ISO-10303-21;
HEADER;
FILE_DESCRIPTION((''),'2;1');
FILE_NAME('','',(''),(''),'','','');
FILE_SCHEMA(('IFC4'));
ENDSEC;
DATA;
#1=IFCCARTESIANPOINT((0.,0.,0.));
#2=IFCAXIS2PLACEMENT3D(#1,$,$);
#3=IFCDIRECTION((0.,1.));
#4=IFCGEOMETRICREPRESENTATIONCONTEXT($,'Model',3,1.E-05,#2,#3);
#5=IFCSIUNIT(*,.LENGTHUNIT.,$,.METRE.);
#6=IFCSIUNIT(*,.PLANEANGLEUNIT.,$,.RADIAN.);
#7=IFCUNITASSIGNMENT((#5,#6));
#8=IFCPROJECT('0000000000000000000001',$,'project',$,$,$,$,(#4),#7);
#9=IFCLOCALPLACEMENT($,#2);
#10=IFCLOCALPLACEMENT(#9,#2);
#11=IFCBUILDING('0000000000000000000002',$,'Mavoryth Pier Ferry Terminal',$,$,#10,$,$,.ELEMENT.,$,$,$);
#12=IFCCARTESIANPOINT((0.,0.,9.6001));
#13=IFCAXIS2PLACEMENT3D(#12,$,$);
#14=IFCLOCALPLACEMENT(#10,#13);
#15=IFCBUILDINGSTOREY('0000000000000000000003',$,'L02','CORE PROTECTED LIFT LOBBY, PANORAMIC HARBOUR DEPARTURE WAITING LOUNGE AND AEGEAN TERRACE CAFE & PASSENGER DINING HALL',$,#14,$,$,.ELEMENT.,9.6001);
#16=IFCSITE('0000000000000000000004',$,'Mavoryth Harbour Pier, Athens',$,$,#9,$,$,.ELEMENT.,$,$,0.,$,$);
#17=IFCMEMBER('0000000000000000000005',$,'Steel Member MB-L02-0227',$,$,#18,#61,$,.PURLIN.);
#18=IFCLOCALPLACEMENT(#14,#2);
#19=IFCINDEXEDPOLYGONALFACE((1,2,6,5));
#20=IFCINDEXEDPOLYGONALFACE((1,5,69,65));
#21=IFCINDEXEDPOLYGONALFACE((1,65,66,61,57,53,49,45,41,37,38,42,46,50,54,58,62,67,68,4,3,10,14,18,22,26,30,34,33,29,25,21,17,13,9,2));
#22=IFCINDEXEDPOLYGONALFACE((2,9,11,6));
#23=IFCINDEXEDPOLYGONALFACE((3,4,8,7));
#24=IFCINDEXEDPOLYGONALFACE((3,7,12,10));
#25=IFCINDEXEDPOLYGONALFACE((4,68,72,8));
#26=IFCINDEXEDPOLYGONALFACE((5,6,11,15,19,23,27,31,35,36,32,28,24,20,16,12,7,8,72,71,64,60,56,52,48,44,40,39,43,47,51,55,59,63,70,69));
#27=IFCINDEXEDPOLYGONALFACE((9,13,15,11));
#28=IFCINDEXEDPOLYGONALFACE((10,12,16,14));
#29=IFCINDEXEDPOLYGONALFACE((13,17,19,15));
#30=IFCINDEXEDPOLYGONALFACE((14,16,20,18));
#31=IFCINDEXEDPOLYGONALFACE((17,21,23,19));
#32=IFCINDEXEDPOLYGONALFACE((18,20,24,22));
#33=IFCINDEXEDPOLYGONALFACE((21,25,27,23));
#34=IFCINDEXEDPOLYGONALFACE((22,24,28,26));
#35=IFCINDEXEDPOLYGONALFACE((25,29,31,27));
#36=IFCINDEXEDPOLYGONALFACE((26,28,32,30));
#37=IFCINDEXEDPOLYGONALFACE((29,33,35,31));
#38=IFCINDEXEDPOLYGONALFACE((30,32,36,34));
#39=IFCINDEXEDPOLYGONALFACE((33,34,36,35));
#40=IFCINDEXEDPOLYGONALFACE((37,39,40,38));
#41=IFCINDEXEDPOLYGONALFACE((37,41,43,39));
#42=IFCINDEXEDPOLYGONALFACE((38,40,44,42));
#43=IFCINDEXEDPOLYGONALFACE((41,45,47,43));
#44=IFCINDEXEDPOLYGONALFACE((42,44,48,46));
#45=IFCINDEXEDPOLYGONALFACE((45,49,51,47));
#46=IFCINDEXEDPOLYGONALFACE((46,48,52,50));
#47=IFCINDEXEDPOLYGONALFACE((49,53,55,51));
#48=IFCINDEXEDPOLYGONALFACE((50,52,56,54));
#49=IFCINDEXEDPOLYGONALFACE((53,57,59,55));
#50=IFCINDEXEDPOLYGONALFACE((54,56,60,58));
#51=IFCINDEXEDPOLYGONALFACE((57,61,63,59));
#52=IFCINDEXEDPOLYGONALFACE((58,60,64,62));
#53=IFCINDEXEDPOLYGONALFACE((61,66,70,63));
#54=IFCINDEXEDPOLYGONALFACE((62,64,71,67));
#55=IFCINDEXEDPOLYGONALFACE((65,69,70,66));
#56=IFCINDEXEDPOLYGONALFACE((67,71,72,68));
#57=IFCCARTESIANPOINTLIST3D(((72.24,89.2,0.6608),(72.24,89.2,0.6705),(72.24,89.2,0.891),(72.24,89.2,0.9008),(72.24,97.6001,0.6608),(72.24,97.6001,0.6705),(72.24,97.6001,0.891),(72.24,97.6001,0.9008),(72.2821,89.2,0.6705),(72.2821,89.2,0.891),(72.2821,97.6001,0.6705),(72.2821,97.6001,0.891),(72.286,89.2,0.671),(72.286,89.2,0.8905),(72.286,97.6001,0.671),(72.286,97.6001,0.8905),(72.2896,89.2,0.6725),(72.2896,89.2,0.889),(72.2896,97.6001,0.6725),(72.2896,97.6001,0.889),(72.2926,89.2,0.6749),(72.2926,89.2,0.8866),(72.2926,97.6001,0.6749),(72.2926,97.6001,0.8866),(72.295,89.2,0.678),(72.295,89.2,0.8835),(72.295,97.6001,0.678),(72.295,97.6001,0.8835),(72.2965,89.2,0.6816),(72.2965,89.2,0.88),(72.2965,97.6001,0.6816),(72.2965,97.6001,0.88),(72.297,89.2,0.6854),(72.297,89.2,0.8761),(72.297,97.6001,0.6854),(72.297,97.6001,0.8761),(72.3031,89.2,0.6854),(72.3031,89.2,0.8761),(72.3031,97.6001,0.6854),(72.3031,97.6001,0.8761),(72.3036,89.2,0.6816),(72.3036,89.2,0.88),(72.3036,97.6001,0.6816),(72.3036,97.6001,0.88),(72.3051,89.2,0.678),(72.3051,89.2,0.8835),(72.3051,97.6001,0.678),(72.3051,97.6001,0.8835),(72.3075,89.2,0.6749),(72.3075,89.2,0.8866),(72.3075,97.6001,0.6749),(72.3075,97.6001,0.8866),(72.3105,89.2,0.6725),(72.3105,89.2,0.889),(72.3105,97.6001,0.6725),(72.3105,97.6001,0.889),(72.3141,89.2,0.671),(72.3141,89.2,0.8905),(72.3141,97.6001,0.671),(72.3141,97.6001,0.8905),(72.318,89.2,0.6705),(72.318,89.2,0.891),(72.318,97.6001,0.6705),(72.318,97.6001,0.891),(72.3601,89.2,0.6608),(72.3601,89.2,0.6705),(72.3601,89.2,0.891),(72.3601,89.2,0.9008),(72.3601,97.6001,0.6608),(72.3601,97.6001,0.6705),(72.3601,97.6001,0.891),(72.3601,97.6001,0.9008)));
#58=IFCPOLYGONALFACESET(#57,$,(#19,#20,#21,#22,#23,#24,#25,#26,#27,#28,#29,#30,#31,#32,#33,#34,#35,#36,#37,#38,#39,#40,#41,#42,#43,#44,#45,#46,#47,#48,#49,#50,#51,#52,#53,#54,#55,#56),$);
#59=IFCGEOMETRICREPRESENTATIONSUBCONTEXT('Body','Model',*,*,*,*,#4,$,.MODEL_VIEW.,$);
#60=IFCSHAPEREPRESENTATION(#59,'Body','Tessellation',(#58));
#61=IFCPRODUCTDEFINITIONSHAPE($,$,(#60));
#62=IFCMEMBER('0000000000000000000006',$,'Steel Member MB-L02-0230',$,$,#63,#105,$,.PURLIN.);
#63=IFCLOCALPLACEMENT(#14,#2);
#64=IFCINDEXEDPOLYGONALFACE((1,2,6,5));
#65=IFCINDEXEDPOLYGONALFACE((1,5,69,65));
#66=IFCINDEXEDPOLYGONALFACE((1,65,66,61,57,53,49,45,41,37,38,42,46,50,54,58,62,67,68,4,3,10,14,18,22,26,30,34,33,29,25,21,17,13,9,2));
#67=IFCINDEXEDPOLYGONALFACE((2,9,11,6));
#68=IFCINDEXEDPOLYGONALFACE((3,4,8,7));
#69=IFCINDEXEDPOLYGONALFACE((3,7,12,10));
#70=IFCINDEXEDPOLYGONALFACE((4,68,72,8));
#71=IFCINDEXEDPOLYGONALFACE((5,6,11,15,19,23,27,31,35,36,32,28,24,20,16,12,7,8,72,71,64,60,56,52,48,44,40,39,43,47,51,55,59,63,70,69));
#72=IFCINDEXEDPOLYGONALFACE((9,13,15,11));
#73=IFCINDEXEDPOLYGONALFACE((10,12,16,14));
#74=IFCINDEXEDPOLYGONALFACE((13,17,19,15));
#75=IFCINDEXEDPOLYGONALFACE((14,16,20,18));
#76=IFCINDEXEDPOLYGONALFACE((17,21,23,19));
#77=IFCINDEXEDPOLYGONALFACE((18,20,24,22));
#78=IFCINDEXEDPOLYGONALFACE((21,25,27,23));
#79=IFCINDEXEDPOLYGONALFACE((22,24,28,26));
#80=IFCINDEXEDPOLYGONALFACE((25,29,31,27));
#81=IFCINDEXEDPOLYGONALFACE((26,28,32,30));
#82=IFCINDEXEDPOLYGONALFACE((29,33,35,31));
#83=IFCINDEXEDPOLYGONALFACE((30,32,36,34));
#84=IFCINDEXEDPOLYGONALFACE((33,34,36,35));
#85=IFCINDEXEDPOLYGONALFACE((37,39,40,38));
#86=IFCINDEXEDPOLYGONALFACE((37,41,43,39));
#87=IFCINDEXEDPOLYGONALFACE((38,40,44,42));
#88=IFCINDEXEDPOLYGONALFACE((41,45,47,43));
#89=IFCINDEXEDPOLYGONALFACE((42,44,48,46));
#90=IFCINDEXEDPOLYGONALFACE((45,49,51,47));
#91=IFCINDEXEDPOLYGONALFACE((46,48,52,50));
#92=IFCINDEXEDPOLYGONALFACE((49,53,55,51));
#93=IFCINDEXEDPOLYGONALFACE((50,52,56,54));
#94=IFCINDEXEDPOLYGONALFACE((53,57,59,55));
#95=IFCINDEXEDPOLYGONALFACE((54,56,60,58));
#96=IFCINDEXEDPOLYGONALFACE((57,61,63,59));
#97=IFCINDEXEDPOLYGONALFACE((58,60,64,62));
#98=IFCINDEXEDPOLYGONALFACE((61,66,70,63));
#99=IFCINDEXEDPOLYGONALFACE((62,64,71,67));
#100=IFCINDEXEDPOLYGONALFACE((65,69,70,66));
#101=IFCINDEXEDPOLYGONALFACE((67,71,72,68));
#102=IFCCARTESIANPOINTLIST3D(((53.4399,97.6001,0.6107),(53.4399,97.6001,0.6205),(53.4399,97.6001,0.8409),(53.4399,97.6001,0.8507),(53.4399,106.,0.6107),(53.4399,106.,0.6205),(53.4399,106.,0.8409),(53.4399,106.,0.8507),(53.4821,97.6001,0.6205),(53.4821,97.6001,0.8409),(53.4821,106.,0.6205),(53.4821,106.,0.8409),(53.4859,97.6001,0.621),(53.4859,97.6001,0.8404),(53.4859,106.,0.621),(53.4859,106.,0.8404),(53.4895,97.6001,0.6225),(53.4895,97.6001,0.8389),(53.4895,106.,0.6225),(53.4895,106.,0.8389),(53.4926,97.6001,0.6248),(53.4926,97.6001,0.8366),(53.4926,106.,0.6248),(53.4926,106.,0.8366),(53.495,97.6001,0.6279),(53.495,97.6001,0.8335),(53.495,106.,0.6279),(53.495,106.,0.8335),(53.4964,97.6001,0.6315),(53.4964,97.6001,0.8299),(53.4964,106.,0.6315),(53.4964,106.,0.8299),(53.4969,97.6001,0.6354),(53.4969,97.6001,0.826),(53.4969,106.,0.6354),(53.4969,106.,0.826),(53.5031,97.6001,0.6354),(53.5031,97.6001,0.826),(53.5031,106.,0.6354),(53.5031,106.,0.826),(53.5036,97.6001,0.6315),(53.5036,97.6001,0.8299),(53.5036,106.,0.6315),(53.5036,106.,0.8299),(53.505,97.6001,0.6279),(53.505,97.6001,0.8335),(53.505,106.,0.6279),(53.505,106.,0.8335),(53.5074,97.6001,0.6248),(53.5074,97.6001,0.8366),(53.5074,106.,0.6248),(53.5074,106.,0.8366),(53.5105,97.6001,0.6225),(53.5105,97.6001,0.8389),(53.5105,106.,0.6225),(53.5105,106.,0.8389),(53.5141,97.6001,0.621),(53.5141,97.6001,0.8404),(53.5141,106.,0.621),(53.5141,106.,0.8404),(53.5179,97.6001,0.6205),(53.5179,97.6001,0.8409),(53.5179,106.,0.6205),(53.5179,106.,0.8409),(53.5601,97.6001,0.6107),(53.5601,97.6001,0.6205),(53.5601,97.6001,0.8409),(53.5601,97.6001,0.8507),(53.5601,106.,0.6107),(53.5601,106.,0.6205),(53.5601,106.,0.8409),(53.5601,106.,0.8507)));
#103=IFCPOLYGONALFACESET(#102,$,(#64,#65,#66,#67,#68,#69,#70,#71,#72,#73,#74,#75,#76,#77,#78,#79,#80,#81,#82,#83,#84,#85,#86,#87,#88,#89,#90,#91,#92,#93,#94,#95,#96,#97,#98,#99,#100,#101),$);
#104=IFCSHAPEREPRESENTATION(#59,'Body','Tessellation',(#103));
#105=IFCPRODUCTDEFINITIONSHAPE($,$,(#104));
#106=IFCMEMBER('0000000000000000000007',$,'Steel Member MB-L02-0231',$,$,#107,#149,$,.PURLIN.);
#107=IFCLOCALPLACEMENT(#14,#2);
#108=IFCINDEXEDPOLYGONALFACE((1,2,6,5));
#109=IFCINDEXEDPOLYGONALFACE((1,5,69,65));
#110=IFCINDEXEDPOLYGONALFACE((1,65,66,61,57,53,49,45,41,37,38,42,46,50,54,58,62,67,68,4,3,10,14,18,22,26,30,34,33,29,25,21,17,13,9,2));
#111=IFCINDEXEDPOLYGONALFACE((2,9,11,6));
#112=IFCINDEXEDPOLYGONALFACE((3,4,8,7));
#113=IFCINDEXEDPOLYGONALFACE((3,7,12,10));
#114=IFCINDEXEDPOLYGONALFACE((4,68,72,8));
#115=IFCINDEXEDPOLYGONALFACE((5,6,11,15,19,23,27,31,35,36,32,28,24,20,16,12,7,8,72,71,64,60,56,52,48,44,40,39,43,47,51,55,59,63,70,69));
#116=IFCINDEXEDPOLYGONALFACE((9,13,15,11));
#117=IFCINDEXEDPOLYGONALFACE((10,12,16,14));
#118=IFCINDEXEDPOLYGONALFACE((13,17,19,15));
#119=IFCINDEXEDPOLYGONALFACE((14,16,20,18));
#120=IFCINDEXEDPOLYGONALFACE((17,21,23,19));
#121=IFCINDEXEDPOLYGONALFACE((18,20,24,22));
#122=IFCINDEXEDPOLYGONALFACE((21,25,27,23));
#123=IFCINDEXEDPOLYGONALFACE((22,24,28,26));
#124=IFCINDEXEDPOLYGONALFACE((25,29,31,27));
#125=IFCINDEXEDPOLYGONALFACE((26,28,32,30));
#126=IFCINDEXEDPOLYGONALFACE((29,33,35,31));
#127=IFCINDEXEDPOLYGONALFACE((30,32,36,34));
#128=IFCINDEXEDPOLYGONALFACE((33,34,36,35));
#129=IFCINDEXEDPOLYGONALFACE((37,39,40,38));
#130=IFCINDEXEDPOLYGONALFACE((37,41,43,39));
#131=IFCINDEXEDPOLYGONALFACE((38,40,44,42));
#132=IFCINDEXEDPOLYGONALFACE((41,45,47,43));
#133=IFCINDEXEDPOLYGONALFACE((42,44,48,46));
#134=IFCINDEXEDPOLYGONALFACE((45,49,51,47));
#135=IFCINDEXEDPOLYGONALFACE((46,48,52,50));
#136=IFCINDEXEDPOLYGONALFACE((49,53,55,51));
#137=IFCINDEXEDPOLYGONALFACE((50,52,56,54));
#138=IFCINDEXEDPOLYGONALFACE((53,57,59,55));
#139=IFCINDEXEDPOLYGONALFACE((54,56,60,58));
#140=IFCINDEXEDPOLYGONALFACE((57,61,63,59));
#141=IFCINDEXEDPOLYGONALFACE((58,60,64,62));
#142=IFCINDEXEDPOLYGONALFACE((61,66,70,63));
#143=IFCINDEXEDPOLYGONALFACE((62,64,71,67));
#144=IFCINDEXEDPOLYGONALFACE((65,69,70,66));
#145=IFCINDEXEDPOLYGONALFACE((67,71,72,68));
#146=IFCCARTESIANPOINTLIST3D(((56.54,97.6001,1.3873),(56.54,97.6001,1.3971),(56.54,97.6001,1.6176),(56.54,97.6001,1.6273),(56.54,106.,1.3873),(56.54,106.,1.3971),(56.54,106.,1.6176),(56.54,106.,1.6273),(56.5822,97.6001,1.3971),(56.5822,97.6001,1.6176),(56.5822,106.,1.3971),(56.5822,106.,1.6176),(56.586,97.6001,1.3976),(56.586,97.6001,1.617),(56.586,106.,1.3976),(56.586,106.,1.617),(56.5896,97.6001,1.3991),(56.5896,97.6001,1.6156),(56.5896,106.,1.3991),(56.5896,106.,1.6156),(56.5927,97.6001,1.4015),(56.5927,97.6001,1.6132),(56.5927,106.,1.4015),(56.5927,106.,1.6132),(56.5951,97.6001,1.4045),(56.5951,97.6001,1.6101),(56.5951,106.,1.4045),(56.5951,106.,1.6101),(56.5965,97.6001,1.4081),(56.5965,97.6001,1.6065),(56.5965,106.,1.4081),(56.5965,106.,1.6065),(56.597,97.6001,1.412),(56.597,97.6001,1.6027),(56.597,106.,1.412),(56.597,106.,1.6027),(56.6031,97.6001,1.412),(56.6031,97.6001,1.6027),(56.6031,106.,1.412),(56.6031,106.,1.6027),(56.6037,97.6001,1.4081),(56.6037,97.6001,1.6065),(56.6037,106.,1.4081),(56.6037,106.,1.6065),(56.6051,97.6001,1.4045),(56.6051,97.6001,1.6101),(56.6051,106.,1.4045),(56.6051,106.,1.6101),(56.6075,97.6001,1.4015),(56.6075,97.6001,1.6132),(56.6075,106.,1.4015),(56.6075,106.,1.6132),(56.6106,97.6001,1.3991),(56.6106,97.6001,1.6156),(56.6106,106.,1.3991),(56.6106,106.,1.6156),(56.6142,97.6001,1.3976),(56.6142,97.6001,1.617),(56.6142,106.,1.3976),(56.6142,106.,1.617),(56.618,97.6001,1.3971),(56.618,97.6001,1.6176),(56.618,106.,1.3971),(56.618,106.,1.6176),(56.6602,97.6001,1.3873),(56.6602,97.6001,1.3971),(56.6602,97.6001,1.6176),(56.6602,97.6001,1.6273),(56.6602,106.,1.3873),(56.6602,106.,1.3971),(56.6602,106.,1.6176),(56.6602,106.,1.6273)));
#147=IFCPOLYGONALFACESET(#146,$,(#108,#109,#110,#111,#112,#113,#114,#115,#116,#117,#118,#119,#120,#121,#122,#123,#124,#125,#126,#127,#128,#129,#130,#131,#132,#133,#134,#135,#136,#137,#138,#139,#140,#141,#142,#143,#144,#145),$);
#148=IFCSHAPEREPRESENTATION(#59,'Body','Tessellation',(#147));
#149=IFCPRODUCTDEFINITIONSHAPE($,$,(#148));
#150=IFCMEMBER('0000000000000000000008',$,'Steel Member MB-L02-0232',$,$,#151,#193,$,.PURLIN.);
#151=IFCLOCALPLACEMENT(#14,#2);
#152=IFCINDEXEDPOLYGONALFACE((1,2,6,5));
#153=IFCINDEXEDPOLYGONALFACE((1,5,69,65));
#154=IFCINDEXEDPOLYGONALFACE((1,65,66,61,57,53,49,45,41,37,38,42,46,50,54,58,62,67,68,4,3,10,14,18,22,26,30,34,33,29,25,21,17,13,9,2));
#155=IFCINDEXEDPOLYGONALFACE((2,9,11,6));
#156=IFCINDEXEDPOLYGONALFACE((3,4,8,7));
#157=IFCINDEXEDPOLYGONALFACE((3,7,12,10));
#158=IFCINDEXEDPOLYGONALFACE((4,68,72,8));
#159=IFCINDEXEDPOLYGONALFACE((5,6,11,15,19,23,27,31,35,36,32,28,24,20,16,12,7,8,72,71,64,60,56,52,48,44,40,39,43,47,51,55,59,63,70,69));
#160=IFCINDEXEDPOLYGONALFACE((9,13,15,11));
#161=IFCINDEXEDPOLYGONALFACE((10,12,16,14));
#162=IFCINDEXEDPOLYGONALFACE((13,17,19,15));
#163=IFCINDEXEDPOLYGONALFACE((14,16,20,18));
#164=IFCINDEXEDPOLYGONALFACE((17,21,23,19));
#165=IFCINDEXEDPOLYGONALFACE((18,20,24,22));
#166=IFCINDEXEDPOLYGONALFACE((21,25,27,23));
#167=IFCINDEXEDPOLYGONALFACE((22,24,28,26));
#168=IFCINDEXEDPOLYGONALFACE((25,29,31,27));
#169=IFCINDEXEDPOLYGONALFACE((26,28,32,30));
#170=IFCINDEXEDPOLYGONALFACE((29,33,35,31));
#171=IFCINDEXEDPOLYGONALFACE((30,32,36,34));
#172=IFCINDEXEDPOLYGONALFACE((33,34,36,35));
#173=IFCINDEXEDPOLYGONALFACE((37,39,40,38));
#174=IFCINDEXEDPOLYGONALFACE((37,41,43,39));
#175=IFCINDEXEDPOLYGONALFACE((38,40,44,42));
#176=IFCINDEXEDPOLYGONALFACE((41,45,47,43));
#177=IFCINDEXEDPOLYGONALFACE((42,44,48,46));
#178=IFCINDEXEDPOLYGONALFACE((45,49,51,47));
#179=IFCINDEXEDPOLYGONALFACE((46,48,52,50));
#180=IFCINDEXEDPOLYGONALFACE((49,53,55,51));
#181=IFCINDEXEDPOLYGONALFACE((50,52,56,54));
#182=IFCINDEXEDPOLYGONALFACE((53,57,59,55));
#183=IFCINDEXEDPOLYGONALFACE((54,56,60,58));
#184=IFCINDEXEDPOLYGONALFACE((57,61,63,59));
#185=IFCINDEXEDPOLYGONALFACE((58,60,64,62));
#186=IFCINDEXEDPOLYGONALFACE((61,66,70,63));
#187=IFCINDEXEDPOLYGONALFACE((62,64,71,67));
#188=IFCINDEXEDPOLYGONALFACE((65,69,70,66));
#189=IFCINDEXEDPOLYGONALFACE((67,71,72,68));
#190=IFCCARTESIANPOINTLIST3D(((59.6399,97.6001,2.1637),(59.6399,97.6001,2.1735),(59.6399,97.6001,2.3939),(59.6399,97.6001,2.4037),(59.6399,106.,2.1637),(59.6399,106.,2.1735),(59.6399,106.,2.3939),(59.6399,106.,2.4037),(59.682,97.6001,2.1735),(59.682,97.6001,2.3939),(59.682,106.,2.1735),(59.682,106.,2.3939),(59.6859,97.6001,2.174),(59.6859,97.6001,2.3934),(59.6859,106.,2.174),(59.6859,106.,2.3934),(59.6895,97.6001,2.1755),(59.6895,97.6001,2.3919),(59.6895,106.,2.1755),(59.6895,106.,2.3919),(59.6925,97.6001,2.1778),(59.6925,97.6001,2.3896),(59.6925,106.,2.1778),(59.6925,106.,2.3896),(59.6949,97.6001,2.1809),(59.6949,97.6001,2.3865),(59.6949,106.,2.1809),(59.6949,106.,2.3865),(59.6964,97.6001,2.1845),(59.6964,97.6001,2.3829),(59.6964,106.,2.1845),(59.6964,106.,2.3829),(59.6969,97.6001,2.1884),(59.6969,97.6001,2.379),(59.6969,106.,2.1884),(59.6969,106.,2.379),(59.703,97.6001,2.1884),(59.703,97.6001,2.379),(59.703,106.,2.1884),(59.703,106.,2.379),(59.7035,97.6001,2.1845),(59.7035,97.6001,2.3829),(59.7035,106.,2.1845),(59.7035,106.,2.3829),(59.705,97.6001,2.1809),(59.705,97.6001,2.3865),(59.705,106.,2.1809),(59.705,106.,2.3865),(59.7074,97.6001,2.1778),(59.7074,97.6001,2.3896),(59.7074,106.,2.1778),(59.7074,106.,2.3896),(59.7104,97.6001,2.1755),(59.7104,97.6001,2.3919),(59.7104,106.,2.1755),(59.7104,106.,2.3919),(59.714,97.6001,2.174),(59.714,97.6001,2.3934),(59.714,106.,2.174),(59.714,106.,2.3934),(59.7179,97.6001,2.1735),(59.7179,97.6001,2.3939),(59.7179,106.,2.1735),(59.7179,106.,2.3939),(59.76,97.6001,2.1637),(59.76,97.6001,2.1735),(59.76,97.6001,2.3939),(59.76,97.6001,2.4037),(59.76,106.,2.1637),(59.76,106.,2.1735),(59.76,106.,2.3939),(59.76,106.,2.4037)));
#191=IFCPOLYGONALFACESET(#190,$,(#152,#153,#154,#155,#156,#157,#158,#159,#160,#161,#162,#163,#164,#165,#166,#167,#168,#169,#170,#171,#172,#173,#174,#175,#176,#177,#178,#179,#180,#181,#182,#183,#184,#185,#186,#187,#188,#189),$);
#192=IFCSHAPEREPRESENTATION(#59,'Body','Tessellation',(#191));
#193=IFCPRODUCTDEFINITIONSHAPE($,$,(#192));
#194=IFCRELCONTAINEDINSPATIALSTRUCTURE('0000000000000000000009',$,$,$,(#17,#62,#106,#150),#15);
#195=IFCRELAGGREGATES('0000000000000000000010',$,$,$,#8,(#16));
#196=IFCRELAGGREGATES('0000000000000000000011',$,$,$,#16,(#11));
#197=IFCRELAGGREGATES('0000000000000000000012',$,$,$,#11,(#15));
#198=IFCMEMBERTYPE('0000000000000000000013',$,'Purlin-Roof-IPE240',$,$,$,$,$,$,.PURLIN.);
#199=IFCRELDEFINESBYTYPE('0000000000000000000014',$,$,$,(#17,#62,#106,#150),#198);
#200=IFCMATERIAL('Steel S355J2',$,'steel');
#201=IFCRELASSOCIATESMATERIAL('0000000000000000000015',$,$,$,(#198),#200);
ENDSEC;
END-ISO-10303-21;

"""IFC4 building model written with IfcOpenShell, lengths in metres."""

from ifc_helpers import new_model, si_unit, direction, frame, origin, origin_2d, place, context, subcontext, project, spatial, i_section, extrude, material, material_profile, profile_set, type_object, element, save


model = new_model("IFC4")

# Units and contexts
model_context = context("Model", 3, precision=1e-05, world=origin(), true_north=direction((0.0, 1.0)))
body_context = subcontext(model_context, "Body", "Model", "MODEL_VIEW")
ifc_project = project(units=[si_unit("LENGTHUNIT", "METRE"), si_unit("PLANEANGLEUNIT", "RADIAN")], contexts=[model_context])

# Site, building, storey
site_placement = place(None, origin())
site = spatial("IfcSite", under=ifc_project, at=site_placement, Name="Mavoryth Harbour Pier, Athens", CompositionType="ELEMENT", RefElevation=0.0)
building_placement = place(site_placement, origin())
building = spatial("IfcBuilding", under=site, at=building_placement, Name="Mavoryth Pier Ferry Terminal", CompositionType="ELEMENT")
storey_placement = place(building_placement, frame((0.0, 0.0, 9.6001)))
storey = spatial("IfcBuildingStorey", under=building, at=storey_placement, Name="L02", Description="CORE PROTECTED LIFT LOBBY, PANORAMIC HARBOUR DEPARTURE WAITING LOUNGE AND AEGEAN TERRACE CAFE & PASSENGER DINING HALL", CompositionType="ELEMENT", Elevation=9.6001)

# Members
ifc_material_1 = material(Name="Steel S355J2", Category="steel")
ifc_material_profile_1 = material_profile(ifc_material_1, i_section(OverallWidth=0.1201, OverallDepth=0.24, WebThickness=0.0061, FlangeThickness=0.0098, FilletRadius=0.0149, at=origin_2d()), Name="IPE 240", Category="steel")
ifc_profile_set_1 = profile_set([ifc_material_profile_1], Name="Steel S355J2 - IPE 240")
member_type_1 = type_object("IfcMemberType", Name="Purlin-Roof-IPE240", PredefinedType="PURLIN", material=ifc_profile_set_1)
for number, where, z_axis, x_axis, name in (
    (1, (72.3, 89.2, 0.7808), (0.0, 1.0, 0.0), (-1.0, 0.0, 0.0), "Steel Member MB-L02-0227"),
):
    element("IfcMember", number, at=place(storey_placement, frame(where, z_axis=z_axis, x_axis=x_axis)), inside=storey, type_object=member_type_1, Name=name, PredefinedType="PURLIN", context=body_context, shape_type="SweptSolid", body=[
        extrude(i_section(OverallWidth=0.1201, OverallDepth=0.24, WebThickness=0.0061, FlangeThickness=0.0098, FilletRadius=0.0149, at=origin_2d()), origin(), (0.0, 0.0, 1.0), 8.4001),
    ])
for number, where, z_axis, x_axis, name in (
    (2, (53.5, 97.6001, 0.7307), (0.0, 1.0, 0.0), (-1.0, 0.0, 0.0), "Steel Member MB-L02-0230"),
    (3, (56.6001, 97.6001, 1.5073), (0.0, 1.0, 0.0), (-1.0, 0.0, 0.0), "Steel Member MB-L02-0231"),
    (4, (59.7, 97.6001, 2.2837), (0.0, 1.0, 0.0), (-1.0, 0.0, 0.0), "Steel Member MB-L02-0232"),
):
    element("IfcMember", number, at=place(storey_placement, frame(where, z_axis=z_axis, x_axis=x_axis)), inside=storey, type_object=member_type_1, Name=name, PredefinedType="PURLIN", context=body_context, shape_type="SweptSolid", body=[
        extrude(i_section(OverallWidth=0.1201, OverallDepth=0.24, WebThickness=0.0061, FlangeThickness=0.0098, FilletRadius=0.0149, at=origin_2d()), origin(), (0.0, 0.0, 1.0), 8.3999),
    ])

save(model, "model.ifc")
